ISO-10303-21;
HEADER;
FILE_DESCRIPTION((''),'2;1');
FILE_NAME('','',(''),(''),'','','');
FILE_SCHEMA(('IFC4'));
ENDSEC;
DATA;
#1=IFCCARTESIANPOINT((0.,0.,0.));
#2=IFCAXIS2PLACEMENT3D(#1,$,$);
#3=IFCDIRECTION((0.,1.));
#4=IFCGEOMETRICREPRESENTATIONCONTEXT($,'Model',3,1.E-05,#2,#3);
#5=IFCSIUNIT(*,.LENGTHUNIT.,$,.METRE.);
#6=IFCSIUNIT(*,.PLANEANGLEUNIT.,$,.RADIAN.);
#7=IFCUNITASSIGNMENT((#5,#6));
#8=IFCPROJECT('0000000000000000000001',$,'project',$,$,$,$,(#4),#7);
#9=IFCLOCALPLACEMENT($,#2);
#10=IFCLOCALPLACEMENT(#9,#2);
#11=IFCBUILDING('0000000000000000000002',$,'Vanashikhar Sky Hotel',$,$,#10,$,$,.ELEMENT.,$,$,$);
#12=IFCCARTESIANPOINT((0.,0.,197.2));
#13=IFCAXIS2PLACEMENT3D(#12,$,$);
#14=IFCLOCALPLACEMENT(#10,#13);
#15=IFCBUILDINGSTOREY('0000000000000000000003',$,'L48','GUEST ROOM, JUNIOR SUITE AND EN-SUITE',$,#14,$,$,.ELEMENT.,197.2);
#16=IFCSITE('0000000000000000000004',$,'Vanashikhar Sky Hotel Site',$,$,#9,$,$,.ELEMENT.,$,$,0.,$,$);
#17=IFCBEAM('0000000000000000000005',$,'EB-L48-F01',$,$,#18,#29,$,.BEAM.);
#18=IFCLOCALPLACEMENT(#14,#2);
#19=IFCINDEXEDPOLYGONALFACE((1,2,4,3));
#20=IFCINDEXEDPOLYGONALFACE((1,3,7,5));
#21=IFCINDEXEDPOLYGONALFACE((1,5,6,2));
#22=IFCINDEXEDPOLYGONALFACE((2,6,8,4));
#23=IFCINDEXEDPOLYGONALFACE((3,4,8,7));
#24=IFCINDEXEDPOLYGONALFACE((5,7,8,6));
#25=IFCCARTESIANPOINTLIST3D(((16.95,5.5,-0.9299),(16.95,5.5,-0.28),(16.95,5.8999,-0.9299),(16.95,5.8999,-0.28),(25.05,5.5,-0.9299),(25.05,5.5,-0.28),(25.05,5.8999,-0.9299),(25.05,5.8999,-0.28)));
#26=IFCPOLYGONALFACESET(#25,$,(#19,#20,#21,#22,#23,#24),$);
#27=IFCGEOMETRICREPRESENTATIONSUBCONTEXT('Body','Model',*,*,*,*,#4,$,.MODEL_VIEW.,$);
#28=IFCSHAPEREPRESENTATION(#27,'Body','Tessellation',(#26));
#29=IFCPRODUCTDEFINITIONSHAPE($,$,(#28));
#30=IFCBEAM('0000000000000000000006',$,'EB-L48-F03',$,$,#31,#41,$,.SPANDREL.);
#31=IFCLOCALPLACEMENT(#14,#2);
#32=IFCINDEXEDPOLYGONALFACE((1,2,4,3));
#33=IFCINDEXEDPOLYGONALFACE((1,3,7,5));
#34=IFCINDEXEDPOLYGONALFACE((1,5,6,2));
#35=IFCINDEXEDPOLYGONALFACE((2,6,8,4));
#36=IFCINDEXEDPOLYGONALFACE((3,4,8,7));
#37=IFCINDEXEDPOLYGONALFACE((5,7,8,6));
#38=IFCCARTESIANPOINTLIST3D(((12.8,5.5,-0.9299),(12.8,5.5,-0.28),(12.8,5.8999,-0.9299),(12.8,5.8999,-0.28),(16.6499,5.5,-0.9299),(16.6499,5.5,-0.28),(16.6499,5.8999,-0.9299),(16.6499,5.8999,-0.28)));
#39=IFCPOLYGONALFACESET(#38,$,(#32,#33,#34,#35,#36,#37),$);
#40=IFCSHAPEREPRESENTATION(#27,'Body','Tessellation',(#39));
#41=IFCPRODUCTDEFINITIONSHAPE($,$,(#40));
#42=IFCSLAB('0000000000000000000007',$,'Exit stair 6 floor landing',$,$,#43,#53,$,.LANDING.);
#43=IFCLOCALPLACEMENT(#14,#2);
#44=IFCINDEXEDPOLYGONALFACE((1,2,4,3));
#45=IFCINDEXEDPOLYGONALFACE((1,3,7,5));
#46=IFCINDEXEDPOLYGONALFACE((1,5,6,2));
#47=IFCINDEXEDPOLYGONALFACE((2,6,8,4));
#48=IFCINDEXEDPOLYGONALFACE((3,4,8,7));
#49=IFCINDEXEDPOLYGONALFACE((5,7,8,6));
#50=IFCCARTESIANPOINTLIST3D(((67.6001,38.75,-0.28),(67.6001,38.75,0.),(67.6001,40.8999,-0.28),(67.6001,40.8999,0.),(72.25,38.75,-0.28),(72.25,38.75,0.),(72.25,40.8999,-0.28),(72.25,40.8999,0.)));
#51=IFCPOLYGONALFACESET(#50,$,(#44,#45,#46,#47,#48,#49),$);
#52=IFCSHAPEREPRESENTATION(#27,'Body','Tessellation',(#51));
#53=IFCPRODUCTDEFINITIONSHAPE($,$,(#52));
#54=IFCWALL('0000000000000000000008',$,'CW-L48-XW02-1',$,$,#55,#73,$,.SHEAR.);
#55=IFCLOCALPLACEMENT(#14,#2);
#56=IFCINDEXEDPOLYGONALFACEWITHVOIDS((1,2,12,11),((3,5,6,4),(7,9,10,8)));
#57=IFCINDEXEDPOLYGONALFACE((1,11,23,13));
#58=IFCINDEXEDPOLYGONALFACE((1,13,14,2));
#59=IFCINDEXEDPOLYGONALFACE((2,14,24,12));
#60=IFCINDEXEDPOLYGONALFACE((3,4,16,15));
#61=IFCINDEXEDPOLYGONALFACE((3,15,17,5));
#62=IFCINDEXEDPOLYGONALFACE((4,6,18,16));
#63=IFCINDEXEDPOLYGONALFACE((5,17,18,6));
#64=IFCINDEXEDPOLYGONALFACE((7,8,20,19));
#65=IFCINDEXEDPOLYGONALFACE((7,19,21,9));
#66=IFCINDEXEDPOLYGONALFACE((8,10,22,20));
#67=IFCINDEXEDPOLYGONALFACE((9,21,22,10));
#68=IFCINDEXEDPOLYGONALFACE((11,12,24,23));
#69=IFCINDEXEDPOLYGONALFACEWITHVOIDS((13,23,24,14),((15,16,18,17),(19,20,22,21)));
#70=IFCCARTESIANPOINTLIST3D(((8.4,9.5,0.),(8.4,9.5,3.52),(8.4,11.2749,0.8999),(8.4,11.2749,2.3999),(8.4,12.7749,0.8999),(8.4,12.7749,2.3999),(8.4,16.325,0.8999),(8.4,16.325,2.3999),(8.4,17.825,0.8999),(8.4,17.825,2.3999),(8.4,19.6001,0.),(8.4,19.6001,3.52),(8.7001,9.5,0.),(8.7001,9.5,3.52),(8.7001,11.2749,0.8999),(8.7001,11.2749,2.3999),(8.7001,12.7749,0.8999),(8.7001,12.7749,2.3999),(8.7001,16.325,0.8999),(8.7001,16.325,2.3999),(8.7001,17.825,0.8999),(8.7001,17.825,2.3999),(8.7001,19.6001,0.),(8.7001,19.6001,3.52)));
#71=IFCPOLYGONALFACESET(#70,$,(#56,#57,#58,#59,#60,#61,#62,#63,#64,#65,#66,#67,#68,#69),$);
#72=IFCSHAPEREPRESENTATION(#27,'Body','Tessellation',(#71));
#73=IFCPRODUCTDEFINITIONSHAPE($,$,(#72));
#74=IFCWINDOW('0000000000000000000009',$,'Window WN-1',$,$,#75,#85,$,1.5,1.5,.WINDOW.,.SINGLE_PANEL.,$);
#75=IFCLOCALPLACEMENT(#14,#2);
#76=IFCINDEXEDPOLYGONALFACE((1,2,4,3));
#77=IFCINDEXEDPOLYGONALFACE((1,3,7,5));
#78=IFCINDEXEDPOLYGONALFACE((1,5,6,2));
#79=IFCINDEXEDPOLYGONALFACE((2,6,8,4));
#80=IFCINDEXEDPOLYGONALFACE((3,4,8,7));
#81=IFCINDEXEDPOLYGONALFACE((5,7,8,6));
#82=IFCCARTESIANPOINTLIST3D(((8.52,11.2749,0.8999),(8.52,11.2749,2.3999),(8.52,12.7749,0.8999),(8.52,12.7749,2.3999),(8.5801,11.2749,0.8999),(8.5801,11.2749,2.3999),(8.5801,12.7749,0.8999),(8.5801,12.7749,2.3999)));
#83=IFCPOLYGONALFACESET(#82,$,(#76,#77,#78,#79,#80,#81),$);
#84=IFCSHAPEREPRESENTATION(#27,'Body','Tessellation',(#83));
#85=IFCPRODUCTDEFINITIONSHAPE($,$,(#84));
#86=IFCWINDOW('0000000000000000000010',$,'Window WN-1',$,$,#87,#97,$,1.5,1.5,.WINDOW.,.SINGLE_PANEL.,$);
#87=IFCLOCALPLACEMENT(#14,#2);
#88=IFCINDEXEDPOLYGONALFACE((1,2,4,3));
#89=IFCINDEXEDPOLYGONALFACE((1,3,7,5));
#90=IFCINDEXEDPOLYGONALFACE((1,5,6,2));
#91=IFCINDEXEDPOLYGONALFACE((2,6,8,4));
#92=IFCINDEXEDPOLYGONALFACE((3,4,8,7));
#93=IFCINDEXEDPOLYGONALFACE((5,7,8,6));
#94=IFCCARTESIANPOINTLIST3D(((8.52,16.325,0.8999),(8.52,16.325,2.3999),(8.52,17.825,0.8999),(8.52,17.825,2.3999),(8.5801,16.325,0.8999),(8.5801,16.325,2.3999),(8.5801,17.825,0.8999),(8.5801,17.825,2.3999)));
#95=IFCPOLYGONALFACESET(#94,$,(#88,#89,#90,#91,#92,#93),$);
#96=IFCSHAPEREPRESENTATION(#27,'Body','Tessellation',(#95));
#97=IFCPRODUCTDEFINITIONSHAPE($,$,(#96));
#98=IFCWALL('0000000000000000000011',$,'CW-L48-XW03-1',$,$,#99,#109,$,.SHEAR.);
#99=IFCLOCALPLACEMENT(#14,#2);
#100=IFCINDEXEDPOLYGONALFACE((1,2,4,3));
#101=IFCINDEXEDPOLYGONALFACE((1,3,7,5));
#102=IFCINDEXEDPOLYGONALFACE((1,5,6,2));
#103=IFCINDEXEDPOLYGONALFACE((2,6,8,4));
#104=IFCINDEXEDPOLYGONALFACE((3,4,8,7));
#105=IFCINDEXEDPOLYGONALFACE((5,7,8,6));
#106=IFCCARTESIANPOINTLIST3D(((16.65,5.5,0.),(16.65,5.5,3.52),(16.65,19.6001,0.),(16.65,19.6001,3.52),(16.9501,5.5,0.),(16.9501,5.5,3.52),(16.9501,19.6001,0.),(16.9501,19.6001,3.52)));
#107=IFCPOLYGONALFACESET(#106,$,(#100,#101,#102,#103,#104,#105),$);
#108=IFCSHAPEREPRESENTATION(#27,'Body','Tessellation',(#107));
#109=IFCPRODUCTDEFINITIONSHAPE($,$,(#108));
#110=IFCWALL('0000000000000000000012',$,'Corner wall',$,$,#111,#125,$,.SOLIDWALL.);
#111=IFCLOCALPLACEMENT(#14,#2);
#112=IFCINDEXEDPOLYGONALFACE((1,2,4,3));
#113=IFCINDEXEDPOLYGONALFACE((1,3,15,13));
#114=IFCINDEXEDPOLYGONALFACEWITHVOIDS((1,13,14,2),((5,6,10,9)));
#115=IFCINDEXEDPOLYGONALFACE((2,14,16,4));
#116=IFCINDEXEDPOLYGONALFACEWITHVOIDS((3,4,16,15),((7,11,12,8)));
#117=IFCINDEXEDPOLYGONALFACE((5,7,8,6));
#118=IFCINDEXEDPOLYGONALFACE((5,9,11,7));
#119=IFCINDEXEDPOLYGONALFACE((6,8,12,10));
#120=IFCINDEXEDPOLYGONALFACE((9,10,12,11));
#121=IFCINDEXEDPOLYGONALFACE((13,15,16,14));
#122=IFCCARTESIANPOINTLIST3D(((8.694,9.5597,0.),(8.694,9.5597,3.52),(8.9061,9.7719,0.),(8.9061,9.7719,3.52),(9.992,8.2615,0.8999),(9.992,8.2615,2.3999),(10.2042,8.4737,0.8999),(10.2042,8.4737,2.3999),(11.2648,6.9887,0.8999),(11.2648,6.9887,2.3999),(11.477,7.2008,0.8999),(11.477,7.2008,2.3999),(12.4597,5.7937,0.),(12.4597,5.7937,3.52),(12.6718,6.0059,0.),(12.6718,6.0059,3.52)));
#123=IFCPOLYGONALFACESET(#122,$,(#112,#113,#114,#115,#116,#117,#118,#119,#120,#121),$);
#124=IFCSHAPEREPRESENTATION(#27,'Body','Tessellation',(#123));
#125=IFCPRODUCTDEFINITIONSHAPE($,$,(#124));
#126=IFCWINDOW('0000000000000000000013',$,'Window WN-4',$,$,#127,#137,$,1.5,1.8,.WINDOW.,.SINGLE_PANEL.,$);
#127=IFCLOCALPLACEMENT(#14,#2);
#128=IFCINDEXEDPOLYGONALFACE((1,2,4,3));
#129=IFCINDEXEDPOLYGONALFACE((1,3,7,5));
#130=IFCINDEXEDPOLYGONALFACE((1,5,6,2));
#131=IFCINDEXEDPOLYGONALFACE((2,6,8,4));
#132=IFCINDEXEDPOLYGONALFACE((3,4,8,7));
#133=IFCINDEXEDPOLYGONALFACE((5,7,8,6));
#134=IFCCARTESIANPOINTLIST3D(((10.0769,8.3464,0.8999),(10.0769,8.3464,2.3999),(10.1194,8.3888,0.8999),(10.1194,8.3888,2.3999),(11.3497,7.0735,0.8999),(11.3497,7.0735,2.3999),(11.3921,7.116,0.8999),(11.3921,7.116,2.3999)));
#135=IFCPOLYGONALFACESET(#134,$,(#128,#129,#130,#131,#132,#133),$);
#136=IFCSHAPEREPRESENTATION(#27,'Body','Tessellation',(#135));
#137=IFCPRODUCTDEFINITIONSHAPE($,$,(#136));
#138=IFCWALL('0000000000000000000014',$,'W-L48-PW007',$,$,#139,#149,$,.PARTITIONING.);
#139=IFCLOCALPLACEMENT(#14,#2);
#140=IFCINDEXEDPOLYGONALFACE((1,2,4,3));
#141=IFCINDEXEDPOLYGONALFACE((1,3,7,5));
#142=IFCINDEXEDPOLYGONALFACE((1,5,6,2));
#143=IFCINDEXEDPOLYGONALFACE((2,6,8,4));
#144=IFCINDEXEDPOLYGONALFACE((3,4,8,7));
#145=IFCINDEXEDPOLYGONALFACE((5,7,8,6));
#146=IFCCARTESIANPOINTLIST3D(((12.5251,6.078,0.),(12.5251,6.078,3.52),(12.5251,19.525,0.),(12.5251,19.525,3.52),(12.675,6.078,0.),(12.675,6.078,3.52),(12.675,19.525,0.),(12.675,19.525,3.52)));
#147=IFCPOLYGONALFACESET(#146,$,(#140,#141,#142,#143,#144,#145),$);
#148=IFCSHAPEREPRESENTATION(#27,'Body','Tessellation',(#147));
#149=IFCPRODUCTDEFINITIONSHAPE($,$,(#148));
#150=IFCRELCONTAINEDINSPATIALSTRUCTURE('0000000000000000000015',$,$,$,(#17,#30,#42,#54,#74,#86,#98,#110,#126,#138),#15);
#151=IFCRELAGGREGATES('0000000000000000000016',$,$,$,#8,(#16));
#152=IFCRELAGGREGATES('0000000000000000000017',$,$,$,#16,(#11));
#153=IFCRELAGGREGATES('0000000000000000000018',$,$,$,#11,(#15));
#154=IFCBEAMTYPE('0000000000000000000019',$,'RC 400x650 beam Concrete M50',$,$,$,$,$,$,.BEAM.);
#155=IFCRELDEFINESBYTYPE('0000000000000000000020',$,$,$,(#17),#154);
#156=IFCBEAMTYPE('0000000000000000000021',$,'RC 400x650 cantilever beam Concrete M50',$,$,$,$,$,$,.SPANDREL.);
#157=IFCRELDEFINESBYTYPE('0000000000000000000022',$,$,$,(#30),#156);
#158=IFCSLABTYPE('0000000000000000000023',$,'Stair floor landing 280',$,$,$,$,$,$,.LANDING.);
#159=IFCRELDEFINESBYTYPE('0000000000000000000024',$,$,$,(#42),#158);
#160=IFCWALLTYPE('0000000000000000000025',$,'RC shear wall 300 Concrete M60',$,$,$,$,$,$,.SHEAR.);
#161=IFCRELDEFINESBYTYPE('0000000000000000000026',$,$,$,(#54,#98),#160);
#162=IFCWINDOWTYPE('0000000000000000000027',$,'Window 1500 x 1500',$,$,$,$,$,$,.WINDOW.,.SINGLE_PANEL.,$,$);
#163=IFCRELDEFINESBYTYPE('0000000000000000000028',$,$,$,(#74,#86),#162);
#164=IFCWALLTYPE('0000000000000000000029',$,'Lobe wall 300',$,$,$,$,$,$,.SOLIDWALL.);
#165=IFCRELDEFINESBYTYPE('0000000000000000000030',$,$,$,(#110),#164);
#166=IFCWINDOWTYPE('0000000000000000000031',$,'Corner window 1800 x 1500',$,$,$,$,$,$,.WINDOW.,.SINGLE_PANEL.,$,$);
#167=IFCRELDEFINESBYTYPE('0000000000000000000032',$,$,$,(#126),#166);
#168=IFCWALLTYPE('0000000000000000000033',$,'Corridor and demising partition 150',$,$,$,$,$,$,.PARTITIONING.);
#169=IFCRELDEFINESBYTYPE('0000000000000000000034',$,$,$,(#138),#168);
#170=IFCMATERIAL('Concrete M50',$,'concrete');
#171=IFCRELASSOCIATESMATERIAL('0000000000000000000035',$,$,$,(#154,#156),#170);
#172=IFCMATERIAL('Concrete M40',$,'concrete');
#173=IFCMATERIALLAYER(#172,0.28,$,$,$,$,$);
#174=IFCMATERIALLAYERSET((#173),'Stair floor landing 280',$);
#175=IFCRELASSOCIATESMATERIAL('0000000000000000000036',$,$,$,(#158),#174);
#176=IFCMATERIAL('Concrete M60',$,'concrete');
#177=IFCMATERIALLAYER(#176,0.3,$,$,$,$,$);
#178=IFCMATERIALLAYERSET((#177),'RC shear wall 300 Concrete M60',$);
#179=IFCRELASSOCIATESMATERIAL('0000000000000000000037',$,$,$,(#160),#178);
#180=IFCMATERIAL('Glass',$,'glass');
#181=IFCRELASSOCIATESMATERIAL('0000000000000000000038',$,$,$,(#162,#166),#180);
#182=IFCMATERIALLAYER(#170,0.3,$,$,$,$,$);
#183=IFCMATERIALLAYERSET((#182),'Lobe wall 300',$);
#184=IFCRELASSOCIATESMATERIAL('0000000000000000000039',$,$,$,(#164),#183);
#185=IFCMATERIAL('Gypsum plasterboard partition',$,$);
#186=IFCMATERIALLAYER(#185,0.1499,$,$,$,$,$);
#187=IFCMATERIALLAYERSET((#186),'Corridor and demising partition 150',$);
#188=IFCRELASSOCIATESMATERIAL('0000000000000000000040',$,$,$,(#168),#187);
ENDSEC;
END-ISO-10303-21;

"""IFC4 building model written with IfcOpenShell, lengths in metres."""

from ifc_helpers import new_model, si_unit, direction, frame, frame_2d, origin, origin_2d, place, context, subcontext, project, spatial, polyline, rectangle, outline, extrude, source, transform, mapped, material, layer, layer_set, material_profile, profile_set, type_object, element, fill, save


model = new_model("IFC4")

# Units and contexts
model_context = context("Model", 3, precision=1e-05, world=origin(), true_north=direction((0.0, 1.0)))
body_context = subcontext(model_context, "Body", "Model", "MODEL_VIEW")
ifc_project = project(units=[si_unit("LENGTHUNIT", "METRE"), si_unit("PLANEANGLEUNIT", "RADIAN")], contexts=[model_context])

# Site, building, storey
site_placement = place(None, origin())
site = spatial("IfcSite", under=ifc_project, at=site_placement, Name="Vanashikhar Sky Hotel Site", CompositionType="ELEMENT", RefElevation=0.0)
building_placement = place(site_placement, origin())
building = spatial("IfcBuilding", under=site, at=building_placement, Name="Vanashikhar Sky Hotel", CompositionType="ELEMENT")
storey_placement = place(building_placement, frame((0.0, 0.0, 197.2)))
storey = spatial("IfcBuildingStorey", under=building, at=storey_placement, Name="L48", Description="GUEST ROOM, JUNIOR SUITE AND EN-SUITE", CompositionType="ELEMENT", Elevation=197.2)

# Beams
ifc_material_1 = material(Name="Concrete M50", Category="concrete")
ifc_material_profile_1 = material_profile(ifc_material_1, rectangle(XDim=0.3999, YDim=0.6499, at=origin_2d()))
ifc_profile_set_1 = profile_set([ifc_material_profile_1], Name="RC 400x650 beam Concrete M50")
beam_type_1 = type_object("IfcBeamType", Name="RC 400x650 beam Concrete M50", PredefinedType="BEAM", material=ifc_profile_set_1)
shared_shape_1 = source(origin(), body_context, "Body", "SweptSolid", [
    extrude(rectangle(XDim=0.3999, YDim=0.6499, at=origin_2d()), origin(), (0.0, 0.0, 1.0), 8.1001),
])
beam_1_placement = place(storey_placement, frame((16.95, 5.7, -0.605), z_axis=(1.0, 0.0, 0.0), x_axis=(0.0, 1.0, 0.0)))
element("IfcBeam", 1, at=beam_1_placement, inside=storey, type_object=beam_type_1, Name="EB-L48-F01", PredefinedType="BEAM", context=body_context, shape_type="MappedRepresentation", body=[
    mapped(shared_shape_1, transform((0.0, 0.0, 0.0), scale=1.0)),
])
ifc_material_profile_2 = material_profile(ifc_material_1, rectangle(XDim=0.3999, YDim=0.6499, at=origin_2d()))
ifc_profile_set_2 = profile_set([ifc_material_profile_2], Name="RC 400x650 cantilever beam Concrete M50")
beam_type_2 = type_object("IfcBeamType", Name="RC 400x650 cantilever beam Concrete M50", PredefinedType="SPANDREL", material=ifc_profile_set_2)
shared_shape_2 = source(origin(), body_context, "Body", "SweptSolid", [
    extrude(rectangle(XDim=0.3999, YDim=0.6499, at=origin_2d()), origin(), (0.0, 0.0, 1.0), 3.8499),
])
beam_2_placement = place(storey_placement, frame((12.8, 5.7, -0.605), z_axis=(1.0, 0.0, 0.0), x_axis=(0.0, 1.0, 0.0)))
element("IfcBeam", 2, at=beam_2_placement, inside=storey, type_object=beam_type_2, Name="EB-L48-F03", PredefinedType="SPANDREL", context=body_context, shape_type="MappedRepresentation", body=[
    mapped(shared_shape_2, transform((0.0, 0.0, 0.0), scale=1.0)),
])

# Slab
ifc_material_2 = material(Name="Concrete M40", Category="concrete")
ifc_layer_1 = layer(ifc_material_2, 0.28)
ifc_layer_set_1 = layer_set([ifc_layer_1], Name="Stair floor landing 280")
slab_type = type_object("IfcSlabType", Name="Stair floor landing 280", PredefinedType="LANDING", material=ifc_layer_set_1)
shared_shape_3 = source(origin(), body_context, "Body", "SweptSolid", [
    extrude(outline(polyline([(72.25, 38.75), (72.25, 40.8999), (67.6001, 40.8999), (67.6001, 38.75), (72.25, 38.75)])), origin(), (0.0, 0.0, 1.0), 0.28),
])
slab_placement = place(storey_placement, frame((0.0, 0.0, -0.28)))
element("IfcSlab", 3, at=slab_placement, inside=storey, type_object=slab_type, Name="Exit stair 6 floor landing", PredefinedType="LANDING", context=body_context, shape_type="MappedRepresentation", body=[
    mapped(shared_shape_3, transform((0.0, 0.0, 0.0), scale=1.0)),
])

# Wall, openings, windows
ifc_material_3 = material(Name="Concrete M60", Category="concrete")
ifc_layer_2 = layer(ifc_material_3, 0.3)
ifc_layer_set_2 = layer_set([ifc_layer_2], Name="RC shear wall 300 Concrete M60")
wall_type_1 = type_object("IfcWallType", Name="RC shear wall 300 Concrete M60", PredefinedType="SHEAR", material=ifc_layer_set_2)
shared_shape_4 = source(origin(), body_context, "Body", "SweptSolid", [
    extrude(rectangle(XDim=10.1001, YDim=0.3, at=frame_2d((5.05, 0.0))), origin(), (0.0, 0.0, 1.0), 3.52),
])
wall_1_placement = place(storey_placement, frame((8.55, 9.5, 0.0), z_axis=(0.0, 0.0, 1.0), x_axis=(0.0, 1.0, 0.0)))
wall_1 = element("IfcWall", 4, at=wall_1_placement, inside=storey, type_object=wall_type_1, Name="CW-L48-XW02-1", PredefinedType="SHEAR", context=body_context, shape_type="MappedRepresentation", body=[
    mapped(shared_shape_4, transform((0.0, 0.0, 0.0), scale=1.0)),
])
shared_shape_5 = source(origin(), body_context, "Body", "SweptSolid", [
    extrude(rectangle(XDim=1.5, YDim=1.5, at=frame_2d((0.75, 0.75))), frame((0.0, 0.1602, 0.0), z_axis=(0.0, -1.0, 0.0), x_axis=(1.0, 0.0, 0.0)), (0.0, 0.0, 1.0), 0.3201),
])
opening_1_placement = place(wall_1_placement, frame((1.7749, 0.0, 0.8999)))
opening_1 = element("IfcOpeningElement", 5, at=opening_1_placement, cuts=wall_1, PredefinedType="OPENING", context=body_context, shape_type="MappedRepresentation", body=[
    mapped(shared_shape_5, transform((0.0, 0.0, 0.0), scale=1.0)),
])
opening_2_placement = place(wall_1_placement, frame((6.825, 0.0, 0.8999)))
opening_2 = element("IfcOpeningElement", 6, at=opening_2_placement, cuts=wall_1, PredefinedType="OPENING", context=body_context, shape_type="MappedRepresentation", body=[
    mapped(shared_shape_5, transform((0.0, 0.0, 0.0), scale=1.0)),
])
ifc_material_4 = material(Name="Glass", Category="glass")
window_type_1 = type_object("IfcWindowType", Name="Window 1500 x 1500", PartitioningType="SINGLE_PANEL", PredefinedType="WINDOW", material=ifc_material_4)
shared_shape_6 = source(origin(), body_context, "Body", "SweptSolid", [
    extrude(rectangle(XDim=1.5, YDim=1.5, at=frame_2d((0.75, 0.75))), frame((0.0, 0.03, 0.0), z_axis=(0.0, -1.0, 0.0), x_axis=(1.0, 0.0, 0.0)), (0.0, 0.0, 1.0), 0.0601),
])
window_1_placement = place(opening_1_placement, origin())
window_1 = element("IfcWindow", 7, at=window_1_placement, inside=storey, type_object=window_type_1, Name="Window WN-1", OverallHeight=1.5, OverallWidth=1.5, PartitioningType="SINGLE_PANEL", PredefinedType="WINDOW", context=body_context, shape_type="MappedRepresentation", body=[
    mapped(shared_shape_6, transform((0.0, 0.0, 0.0), scale=1.0)),
])
fill(opening_1, window_1)
window_2_placement = place(opening_2_placement, origin())
window_2 = element("IfcWindow", 8, at=window_2_placement, inside=storey, type_object=window_type_1, Name="Window WN-1", OverallHeight=1.5, OverallWidth=1.5, PartitioningType="SINGLE_PANEL", PredefinedType="WINDOW", context=body_context, shape_type="MappedRepresentation", body=[
    mapped(shared_shape_6, transform((0.0, 0.0, 0.0), scale=1.0)),
])
fill(opening_2, window_2)

# Wall
shared_shape_7 = source(origin(), body_context, "Body", "SweptSolid", [
    extrude(rectangle(XDim=14.1001, YDim=0.3, at=frame_2d((7.05, 0.0))), origin(), (0.0, 0.0, 1.0), 3.52),
])
wall_2_placement = place(storey_placement, frame((16.8, 5.5, 0.0), z_axis=(0.0, 0.0, 1.0), x_axis=(0.0, 1.0, 0.0)))
element("IfcWall", 9, at=wall_2_placement, inside=storey, type_object=wall_type_1, Name="CW-L48-XW03-1", PredefinedType="SHEAR", context=body_context, shape_type="MappedRepresentation", body=[
    mapped(shared_shape_7, transform((0.0, 0.0, 0.0), scale=1.0)),
])

# Wall, opening, window
ifc_layer_3 = layer(ifc_material_1, 0.3)
ifc_layer_set_3 = layer_set([ifc_layer_3], Name="Lobe wall 300")
wall_type_2 = type_object("IfcWallType", Name="Lobe wall 300", PredefinedType="SOLIDWALL", material=ifc_layer_set_3)
shared_shape_8 = source(origin(), body_context, "Body", "SweptSolid", [
    extrude(rectangle(XDim=5.3257, YDim=0.3, at=frame_2d((2.6628, 0.0))), origin(), (0.0, 0.0, 1.0), 3.52),
])
wall_3_placement = place(storey_placement, frame((8.8, 9.6658, 0.0), z_axis=(0.0, 0.0, 1.0), x_axis=(0.707084, -0.70713, 0.0)))
wall_3 = element("IfcWall", 10, at=wall_3_placement, inside=storey, type_object=wall_type_2, Name="Corner wall", PredefinedType="SOLIDWALL", context=body_context, shape_type="MappedRepresentation", body=[
    mapped(shared_shape_8, transform((0.0, 0.0, 0.0), scale=1.0)),
])
shared_shape_9 = source(origin(), body_context, "Body", "SweptSolid", [
    extrude(rectangle(XDim=1.8, YDim=1.5, at=frame_2d((0.8999, 0.75))), frame((0.0, 0.1602, 0.0), z_axis=(0.0, -1.0, 0.0), x_axis=(1.0, 0.0, 0.0)), (0.0, 0.0, 1.0), 0.3201),
])
opening_3_placement = place(wall_3_placement, frame((1.8359, 0.0, 0.8999)))
opening_3 = element("IfcOpeningElement", 11, at=opening_3_placement, cuts=wall_3, PredefinedType="OPENING", context=body_context, shape_type="MappedRepresentation", body=[
    mapped(shared_shape_9, transform((0.0, 0.0, 0.0), scale=1.0)),
])
window_type_2 = type_object("IfcWindowType", Name="Corner window 1800 x 1500", PartitioningType="SINGLE_PANEL", PredefinedType="WINDOW", material=ifc_material_4)
shared_shape_10 = source(origin(), body_context, "Body", "SweptSolid", [
    extrude(rectangle(XDim=1.8, YDim=1.5, at=frame_2d((0.8999, 0.75))), frame((0.0, 0.03, 0.0), z_axis=(0.0, -1.0, 0.0), x_axis=(1.0, 0.0, 0.0)), (0.0, 0.0, 1.0), 0.0601),
])
window_3_placement = place(opening_3_placement, origin())
window_3 = element("IfcWindow", 12, at=window_3_placement, inside=storey, type_object=window_type_2, Name="Window WN-4", OverallHeight=1.5, OverallWidth=1.8, PartitioningType="SINGLE_PANEL", PredefinedType="WINDOW", context=body_context, shape_type="MappedRepresentation", body=[
    mapped(shared_shape_10, transform((0.0, 0.0, 0.0), scale=1.0)),
])
fill(opening_3, window_3)

# Wall
ifc_material_5 = material(Name="Gypsum plasterboard partition")
ifc_layer_4 = layer(ifc_material_5, 0.1499)
ifc_layer_set_4 = layer_set([ifc_layer_4], Name="Corridor and demising partition 150")
wall_type_3 = type_object("IfcWallType", Name="Corridor and demising partition 150", PredefinedType="PARTITIONING", material=ifc_layer_set_4)
shared_shape_11 = source(origin(), body_context, "Body", "SweptSolid", [
    extrude(rectangle(XDim=13.447, YDim=0.1499, at=frame_2d((6.7236, 0.0))), origin(), (0.0, 0.0, 1.0), 3.52),
])
wall_4_placement = place(storey_placement, frame((12.6001, 6.0779, 0.0), z_axis=(0.0, 0.0, 1.0), x_axis=(0.0, 1.0, 0.0)))
element("IfcWall", 13, at=wall_4_placement, inside=storey, type_object=wall_type_3, Name="W-L48-PW007", PredefinedType="PARTITIONING", context=body_context, shape_type="MappedRepresentation", body=[
    mapped(shared_shape_11, transform((0.0, 0.0, 0.0), scale=1.0)),
])

save(model, "model.ifc")
